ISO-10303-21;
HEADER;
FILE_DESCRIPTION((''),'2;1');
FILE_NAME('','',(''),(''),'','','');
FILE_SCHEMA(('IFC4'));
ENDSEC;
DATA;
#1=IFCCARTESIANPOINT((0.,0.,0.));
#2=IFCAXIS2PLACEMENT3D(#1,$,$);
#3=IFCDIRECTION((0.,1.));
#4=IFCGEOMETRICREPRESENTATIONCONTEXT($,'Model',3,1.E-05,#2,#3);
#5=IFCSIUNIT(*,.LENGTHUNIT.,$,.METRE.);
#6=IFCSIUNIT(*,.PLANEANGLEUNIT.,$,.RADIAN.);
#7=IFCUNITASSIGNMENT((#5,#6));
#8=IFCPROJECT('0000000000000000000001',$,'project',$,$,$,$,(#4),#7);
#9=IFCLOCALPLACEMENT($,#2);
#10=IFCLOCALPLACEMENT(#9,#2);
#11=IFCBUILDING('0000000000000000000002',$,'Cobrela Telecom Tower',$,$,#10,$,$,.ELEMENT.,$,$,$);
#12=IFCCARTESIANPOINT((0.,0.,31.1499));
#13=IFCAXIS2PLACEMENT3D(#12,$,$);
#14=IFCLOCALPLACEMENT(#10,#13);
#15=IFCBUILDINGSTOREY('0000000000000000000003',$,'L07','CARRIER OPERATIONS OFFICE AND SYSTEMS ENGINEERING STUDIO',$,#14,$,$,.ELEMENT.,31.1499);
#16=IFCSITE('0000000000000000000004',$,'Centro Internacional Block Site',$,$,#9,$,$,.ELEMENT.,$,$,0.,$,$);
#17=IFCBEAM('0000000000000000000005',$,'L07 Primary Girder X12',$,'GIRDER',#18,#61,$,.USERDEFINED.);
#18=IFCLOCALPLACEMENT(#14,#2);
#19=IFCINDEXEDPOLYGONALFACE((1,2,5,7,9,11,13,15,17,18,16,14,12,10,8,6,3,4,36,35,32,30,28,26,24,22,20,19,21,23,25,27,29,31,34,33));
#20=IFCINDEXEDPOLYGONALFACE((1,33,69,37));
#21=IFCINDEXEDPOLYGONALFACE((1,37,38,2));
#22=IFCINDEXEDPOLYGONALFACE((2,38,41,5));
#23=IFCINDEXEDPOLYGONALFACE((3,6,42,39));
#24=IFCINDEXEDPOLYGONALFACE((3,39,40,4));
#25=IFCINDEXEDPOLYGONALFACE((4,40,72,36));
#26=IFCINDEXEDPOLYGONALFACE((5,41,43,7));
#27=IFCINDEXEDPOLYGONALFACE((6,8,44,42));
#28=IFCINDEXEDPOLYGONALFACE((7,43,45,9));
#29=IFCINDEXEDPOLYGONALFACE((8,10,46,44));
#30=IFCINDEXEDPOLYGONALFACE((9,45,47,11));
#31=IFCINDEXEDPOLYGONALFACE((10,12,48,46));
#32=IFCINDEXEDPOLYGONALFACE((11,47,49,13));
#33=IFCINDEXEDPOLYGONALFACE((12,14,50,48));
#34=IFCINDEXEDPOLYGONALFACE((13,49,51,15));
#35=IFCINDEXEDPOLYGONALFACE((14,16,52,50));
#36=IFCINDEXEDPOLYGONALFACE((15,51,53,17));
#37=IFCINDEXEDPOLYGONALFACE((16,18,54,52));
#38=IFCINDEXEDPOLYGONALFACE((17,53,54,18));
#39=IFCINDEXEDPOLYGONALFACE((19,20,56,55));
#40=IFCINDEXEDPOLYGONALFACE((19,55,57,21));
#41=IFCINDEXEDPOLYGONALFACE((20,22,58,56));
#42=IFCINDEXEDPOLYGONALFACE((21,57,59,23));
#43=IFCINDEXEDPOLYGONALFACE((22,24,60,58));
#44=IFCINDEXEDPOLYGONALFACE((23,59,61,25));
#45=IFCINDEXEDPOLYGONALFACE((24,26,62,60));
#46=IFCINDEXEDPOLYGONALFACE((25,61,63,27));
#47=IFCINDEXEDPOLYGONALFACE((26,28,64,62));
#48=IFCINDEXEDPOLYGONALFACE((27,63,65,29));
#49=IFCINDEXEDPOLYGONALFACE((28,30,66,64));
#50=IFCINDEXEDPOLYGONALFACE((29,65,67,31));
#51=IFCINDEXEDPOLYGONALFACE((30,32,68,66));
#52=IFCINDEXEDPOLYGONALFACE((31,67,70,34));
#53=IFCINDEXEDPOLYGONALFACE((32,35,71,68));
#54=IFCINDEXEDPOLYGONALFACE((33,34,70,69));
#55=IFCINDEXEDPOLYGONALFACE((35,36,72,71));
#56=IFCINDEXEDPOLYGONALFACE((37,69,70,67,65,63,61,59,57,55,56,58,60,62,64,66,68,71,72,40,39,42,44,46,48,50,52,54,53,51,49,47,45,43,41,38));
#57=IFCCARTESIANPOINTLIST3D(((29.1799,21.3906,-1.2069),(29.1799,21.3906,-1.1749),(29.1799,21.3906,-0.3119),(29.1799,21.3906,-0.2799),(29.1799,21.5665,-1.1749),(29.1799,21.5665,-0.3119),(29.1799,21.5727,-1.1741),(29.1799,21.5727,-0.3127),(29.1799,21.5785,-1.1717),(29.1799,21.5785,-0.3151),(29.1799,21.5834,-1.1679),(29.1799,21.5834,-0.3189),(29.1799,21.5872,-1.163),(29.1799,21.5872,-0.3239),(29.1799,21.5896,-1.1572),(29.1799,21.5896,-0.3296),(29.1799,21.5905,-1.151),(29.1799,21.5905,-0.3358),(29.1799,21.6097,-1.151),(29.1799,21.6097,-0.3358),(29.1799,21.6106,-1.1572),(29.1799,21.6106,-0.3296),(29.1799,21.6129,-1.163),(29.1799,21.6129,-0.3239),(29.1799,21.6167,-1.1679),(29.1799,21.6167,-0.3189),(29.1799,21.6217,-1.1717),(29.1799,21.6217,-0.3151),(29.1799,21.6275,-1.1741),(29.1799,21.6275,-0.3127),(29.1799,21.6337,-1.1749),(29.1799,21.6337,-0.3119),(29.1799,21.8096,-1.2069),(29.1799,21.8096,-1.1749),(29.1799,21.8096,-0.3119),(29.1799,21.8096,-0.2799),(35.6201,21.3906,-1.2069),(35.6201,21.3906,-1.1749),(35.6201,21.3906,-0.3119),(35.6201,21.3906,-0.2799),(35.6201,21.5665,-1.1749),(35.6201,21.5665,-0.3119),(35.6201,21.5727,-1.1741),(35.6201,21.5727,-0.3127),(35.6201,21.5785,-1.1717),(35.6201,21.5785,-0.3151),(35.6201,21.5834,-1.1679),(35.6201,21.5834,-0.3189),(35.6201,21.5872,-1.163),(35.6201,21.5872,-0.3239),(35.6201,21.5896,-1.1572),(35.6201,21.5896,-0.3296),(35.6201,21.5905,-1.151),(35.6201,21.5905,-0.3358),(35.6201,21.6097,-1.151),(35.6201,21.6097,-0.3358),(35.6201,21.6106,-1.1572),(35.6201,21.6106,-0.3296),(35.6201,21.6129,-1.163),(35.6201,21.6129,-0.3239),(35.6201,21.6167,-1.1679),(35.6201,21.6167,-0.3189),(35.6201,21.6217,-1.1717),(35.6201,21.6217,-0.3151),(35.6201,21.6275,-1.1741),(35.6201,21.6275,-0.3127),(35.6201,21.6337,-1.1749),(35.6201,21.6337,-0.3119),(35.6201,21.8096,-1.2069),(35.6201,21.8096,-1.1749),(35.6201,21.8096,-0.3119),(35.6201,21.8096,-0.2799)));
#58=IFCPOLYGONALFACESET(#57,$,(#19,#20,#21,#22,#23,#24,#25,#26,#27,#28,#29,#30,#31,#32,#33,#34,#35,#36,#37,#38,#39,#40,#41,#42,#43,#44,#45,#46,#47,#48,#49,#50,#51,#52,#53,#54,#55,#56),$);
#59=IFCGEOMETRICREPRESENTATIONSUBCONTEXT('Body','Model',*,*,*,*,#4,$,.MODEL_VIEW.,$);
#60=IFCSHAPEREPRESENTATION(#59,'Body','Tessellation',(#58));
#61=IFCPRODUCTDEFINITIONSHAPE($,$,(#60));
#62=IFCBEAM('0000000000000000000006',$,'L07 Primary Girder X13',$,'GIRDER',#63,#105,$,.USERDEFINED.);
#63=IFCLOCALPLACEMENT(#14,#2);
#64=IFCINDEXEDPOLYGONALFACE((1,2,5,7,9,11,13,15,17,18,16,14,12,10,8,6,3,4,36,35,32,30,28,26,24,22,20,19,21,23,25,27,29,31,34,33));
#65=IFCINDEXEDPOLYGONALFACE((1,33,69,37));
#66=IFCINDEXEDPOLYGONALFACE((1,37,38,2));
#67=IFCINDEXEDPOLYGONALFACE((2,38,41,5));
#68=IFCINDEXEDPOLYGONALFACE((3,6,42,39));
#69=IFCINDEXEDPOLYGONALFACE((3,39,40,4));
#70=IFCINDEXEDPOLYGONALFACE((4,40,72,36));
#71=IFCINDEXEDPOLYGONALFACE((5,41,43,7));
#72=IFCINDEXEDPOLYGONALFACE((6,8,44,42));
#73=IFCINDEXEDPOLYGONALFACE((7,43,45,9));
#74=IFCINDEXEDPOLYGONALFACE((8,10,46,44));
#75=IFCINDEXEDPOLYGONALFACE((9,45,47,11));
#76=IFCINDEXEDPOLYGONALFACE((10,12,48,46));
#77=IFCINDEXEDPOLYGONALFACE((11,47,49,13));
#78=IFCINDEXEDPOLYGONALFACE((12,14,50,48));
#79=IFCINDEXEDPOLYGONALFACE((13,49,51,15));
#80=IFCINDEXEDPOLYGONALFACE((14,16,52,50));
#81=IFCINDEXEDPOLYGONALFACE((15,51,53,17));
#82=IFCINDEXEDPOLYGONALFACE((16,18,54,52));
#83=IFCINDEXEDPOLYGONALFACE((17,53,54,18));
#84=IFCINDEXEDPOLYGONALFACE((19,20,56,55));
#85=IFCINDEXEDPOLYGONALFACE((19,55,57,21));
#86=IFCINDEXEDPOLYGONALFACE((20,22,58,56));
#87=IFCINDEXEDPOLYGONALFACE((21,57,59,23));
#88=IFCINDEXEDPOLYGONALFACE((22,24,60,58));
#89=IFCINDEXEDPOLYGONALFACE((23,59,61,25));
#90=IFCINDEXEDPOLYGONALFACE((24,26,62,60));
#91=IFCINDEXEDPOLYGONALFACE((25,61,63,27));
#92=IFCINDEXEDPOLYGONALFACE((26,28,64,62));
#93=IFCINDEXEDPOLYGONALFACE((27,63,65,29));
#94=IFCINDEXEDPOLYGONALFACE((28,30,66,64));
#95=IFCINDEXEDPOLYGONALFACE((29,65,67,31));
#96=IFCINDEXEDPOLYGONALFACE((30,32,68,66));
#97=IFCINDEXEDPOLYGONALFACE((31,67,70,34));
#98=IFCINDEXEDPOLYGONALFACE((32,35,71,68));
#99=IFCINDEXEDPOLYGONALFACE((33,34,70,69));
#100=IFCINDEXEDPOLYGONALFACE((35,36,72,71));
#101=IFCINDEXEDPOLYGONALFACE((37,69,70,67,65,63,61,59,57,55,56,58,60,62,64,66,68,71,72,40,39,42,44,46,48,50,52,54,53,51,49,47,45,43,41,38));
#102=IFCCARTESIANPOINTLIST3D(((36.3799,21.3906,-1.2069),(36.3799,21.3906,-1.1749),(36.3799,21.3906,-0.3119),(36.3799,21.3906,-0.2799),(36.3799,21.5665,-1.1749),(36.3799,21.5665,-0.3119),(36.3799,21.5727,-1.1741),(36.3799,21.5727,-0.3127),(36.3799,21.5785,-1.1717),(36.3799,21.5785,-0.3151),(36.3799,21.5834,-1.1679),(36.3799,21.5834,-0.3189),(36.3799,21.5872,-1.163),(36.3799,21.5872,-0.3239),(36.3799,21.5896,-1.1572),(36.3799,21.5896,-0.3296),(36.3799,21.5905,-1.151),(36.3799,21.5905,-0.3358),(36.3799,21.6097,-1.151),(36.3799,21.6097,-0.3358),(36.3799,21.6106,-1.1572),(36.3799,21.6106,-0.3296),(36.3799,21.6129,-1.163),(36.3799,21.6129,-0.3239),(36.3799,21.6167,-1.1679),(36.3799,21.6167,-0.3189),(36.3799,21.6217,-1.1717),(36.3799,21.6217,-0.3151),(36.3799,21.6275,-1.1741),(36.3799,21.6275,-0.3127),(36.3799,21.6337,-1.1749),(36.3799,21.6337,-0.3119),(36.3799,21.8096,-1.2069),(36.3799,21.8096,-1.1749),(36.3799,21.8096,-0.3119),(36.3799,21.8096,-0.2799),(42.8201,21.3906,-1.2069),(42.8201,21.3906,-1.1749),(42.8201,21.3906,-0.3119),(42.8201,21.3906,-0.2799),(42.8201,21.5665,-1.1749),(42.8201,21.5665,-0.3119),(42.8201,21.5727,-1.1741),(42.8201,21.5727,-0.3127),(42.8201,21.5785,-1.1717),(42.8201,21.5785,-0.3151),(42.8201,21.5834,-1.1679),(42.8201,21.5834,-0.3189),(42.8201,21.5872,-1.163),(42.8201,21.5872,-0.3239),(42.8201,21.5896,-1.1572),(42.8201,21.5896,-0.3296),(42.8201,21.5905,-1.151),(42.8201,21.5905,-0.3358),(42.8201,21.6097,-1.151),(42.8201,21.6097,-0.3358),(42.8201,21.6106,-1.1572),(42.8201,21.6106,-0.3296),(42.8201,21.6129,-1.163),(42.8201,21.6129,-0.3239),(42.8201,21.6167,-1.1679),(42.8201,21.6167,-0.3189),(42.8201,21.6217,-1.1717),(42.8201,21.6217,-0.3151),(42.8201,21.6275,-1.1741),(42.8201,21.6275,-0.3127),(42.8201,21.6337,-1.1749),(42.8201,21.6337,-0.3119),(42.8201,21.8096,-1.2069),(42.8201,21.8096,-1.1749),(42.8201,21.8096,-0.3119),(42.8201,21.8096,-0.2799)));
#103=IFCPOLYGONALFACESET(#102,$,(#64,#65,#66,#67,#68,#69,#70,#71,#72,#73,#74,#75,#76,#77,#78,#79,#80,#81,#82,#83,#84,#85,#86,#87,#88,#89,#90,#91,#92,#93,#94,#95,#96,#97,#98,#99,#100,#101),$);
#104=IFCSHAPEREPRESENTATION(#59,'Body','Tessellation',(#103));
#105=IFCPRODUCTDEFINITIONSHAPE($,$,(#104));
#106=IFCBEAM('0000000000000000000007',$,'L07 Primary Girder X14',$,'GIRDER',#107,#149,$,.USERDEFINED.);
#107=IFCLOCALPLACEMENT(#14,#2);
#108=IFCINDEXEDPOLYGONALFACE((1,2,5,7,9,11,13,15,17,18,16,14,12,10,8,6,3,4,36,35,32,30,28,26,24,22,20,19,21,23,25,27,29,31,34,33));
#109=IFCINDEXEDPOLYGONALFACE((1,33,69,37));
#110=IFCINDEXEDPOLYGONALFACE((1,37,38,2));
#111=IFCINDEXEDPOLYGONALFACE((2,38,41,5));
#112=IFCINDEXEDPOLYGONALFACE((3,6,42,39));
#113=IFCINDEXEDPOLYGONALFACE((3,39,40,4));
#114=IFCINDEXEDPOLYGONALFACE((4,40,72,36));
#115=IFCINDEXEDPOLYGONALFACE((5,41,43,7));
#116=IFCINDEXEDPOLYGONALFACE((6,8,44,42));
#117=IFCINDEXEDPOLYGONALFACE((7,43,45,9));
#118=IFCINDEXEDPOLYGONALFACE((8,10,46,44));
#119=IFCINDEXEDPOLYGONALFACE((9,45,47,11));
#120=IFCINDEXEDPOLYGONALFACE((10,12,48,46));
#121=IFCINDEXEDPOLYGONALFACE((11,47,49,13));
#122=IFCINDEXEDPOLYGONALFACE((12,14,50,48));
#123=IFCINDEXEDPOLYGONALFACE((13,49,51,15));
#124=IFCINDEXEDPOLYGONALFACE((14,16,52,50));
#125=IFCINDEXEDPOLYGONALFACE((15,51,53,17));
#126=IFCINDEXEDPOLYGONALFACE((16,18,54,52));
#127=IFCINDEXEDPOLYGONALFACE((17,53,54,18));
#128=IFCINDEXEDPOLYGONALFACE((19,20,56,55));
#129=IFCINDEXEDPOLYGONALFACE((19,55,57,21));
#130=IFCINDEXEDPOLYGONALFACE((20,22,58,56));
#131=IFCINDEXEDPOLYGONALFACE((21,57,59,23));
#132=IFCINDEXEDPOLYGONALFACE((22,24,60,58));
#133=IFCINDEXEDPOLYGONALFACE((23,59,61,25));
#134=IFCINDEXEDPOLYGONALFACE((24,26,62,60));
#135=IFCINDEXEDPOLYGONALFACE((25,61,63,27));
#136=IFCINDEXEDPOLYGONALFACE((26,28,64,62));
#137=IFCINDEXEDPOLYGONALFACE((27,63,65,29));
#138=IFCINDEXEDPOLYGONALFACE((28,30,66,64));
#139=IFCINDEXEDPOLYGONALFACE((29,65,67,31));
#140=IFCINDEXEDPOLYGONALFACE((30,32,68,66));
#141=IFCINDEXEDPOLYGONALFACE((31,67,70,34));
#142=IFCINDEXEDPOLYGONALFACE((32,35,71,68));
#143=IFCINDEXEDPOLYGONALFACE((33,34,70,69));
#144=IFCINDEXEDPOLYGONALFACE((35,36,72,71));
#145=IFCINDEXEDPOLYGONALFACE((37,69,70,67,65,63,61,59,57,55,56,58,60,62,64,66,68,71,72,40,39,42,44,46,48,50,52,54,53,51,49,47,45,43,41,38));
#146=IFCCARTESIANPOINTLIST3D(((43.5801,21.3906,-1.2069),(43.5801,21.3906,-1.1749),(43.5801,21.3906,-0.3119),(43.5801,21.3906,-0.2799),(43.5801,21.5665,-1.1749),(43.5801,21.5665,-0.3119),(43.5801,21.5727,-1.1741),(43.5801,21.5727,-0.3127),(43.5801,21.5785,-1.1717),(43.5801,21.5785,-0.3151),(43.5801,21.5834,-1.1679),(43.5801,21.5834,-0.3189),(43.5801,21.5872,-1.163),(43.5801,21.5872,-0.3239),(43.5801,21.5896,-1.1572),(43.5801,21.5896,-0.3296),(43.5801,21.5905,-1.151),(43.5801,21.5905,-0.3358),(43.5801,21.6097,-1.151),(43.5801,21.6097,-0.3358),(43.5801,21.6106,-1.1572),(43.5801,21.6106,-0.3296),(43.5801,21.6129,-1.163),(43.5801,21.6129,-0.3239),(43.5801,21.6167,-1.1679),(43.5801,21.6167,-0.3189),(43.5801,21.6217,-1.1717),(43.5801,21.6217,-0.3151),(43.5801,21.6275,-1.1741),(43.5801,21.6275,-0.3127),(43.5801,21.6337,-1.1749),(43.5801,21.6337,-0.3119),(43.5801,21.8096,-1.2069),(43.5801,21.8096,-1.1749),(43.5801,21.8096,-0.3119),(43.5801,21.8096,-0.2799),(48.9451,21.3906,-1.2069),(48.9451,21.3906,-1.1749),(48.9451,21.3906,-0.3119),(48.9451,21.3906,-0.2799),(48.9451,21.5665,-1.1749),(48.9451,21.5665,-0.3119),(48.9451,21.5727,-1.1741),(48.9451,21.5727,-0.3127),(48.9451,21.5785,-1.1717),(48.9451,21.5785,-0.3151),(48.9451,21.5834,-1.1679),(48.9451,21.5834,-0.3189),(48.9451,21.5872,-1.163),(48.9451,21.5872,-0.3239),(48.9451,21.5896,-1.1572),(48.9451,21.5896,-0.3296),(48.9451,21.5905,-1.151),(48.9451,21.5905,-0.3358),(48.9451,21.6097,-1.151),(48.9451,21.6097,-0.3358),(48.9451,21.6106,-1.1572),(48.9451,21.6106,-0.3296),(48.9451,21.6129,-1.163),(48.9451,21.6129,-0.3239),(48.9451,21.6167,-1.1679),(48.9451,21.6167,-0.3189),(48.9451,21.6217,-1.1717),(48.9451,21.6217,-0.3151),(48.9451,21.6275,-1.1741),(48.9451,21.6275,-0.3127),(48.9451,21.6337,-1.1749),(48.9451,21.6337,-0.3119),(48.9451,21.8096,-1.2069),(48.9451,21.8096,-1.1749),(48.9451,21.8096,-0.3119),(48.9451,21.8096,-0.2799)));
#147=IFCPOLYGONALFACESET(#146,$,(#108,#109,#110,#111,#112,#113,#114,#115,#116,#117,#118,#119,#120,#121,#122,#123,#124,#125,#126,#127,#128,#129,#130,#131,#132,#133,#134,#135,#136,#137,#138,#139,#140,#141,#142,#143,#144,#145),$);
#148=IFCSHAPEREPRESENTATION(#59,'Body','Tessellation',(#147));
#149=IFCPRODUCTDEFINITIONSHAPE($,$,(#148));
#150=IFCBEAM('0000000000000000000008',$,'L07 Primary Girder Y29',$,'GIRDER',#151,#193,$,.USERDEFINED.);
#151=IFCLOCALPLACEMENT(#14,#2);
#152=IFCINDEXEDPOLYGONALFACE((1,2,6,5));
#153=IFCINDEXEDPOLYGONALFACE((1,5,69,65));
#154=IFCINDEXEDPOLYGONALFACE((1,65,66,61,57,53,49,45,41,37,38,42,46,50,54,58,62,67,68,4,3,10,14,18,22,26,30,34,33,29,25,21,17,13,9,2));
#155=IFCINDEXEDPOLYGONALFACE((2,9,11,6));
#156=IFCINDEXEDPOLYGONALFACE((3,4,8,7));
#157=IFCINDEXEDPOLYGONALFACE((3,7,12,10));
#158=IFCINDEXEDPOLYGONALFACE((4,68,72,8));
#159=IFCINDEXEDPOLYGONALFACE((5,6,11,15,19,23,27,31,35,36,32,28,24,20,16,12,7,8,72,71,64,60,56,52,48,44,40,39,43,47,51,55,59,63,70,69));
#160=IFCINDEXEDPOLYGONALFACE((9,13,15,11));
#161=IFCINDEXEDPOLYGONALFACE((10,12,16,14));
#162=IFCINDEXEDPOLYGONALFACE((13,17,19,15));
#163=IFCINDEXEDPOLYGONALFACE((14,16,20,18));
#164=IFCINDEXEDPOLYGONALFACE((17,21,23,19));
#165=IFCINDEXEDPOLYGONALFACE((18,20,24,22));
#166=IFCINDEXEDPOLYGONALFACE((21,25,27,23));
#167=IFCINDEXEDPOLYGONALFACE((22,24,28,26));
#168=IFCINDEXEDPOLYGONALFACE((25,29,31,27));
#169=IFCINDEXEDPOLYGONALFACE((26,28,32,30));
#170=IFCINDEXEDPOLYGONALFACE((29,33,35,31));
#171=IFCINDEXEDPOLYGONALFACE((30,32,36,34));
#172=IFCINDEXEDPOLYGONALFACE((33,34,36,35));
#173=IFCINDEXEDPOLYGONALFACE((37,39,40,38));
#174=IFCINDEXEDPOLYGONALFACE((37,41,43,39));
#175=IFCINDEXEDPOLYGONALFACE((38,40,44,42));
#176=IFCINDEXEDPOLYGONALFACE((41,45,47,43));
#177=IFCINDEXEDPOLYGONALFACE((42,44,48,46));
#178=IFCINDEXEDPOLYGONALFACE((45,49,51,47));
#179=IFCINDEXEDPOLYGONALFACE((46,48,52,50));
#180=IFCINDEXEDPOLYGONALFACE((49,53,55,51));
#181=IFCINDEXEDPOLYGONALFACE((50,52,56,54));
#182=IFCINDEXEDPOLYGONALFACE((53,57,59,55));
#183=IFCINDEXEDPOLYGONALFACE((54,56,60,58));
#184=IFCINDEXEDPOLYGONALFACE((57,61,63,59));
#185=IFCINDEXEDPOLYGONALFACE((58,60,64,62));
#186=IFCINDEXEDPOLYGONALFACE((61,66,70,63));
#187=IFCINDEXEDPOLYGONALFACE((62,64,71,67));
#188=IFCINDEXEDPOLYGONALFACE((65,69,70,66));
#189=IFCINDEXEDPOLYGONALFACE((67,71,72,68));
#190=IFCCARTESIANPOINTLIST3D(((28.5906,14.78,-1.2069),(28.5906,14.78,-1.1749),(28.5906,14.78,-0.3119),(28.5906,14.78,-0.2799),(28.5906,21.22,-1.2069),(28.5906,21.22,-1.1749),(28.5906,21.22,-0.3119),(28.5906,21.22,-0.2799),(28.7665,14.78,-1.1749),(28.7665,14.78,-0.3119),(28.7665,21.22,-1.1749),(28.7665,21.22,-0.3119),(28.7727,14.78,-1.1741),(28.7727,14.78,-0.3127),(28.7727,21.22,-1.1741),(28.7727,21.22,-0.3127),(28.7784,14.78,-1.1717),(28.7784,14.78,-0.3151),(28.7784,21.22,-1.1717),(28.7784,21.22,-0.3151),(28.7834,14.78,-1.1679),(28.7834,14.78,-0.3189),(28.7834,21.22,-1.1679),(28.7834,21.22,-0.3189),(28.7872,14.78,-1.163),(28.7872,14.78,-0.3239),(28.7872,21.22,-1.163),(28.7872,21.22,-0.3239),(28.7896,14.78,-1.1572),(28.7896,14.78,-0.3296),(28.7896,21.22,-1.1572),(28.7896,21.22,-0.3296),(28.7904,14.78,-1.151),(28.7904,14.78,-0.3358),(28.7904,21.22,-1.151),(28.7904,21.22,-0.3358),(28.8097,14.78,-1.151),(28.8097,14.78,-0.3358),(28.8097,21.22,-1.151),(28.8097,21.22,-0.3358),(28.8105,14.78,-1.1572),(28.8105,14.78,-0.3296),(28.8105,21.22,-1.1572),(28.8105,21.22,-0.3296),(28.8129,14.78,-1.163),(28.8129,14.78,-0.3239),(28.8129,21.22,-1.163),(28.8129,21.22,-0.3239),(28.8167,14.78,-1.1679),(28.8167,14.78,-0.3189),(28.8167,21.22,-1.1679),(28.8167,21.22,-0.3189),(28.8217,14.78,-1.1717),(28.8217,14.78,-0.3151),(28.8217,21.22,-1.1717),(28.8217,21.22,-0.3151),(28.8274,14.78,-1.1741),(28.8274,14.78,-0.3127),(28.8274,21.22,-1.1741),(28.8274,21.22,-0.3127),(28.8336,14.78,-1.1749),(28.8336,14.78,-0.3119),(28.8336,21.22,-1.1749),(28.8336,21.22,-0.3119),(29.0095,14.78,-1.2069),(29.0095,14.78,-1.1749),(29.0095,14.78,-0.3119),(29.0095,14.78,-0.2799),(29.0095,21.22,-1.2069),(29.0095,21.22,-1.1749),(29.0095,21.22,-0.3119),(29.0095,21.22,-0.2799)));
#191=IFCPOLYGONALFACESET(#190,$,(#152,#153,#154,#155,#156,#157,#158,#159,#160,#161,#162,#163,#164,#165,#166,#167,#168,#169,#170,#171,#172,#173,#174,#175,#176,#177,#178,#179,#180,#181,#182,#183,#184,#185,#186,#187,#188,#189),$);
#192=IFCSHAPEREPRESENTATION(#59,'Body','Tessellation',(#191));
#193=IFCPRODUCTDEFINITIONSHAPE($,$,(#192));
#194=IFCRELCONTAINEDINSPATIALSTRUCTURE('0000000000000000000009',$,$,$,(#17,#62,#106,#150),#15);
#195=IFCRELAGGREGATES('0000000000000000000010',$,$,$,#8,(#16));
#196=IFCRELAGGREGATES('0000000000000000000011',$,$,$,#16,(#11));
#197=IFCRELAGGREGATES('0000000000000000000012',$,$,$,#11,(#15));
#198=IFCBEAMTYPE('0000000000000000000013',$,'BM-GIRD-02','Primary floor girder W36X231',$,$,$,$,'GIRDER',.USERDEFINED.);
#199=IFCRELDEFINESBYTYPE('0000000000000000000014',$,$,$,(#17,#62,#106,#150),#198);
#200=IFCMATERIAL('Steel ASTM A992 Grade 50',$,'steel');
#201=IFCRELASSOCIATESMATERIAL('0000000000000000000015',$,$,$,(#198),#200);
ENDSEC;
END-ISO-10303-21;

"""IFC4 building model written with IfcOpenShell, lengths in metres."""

from ifc_helpers import new_model, si_unit, direction, frame, origin, origin_2d, place, context, subcontext, project, spatial, i_section, extrude, material, material_profile, profile_set, type_object, element, save


model = new_model("IFC4")

# Units and contexts
model_context = context("Model", 3, precision=1e-05, world=origin(), true_north=direction((0.0, 1.0)))
body_context = subcontext(model_context, "Body", "Model", "MODEL_VIEW")
ifc_project = project(units=[si_unit("LENGTHUNIT", "METRE"), si_unit("PLANEANGLEUNIT", "RADIAN")], contexts=[model_context])

# Site, building, storey
site_placement = place(None, origin())
site = spatial("IfcSite", under=ifc_project, at=site_placement, Name="Centro Internacional Block Site", CompositionType="ELEMENT", RefElevation=0.0)
building_placement = place(site_placement, origin())
building = spatial("IfcBuilding", under=site, at=building_placement, Name="Cobrela Telecom Tower", CompositionType="ELEMENT")
storey_placement = place(building_placement, frame((0.0, 0.0, 31.1499)))
storey = spatial("IfcBuildingStorey", under=building, at=storey_placement, Name="L07", Description="CARRIER OPERATIONS OFFICE AND SYSTEMS ENGINEERING STUDIO", CompositionType="ELEMENT", Elevation=31.1499)

# Shared definitions
ifc_material_1 = material(Name="Steel ASTM A992 Grade 50", Category="steel")

# Beams
ifc_material_profile_1 = material_profile(ifc_material_1, i_section(OverallWidth=0.4189, OverallDepth=0.927, WebThickness=0.0193, FlangeThickness=0.032, FilletRadius=0.0239, at=origin_2d()), Name="W36X231")
ifc_profile_set_1 = profile_set([ifc_material_profile_1], Name="Steel ASTM A992 Grade 50")
beam_type_1 = type_object("IfcBeamType", Name="BM-GIRD-02", Description="Primary floor girder W36X231", ElementType="GIRDER", PredefinedType="USERDEFINED", material=ifc_profile_set_1)
for number, where, z_axis, x_axis, name in (
    (1, (29.1799, 21.6001, -0.7434), (1.0, 0.0, 0.0), (0.0, 1.0, 0.0), "L07 Primary Girder X12"),
    (2, (36.3799, 21.6001, -0.7434), (1.0, 0.0, 0.0), (0.0, 1.0, 0.0), "L07 Primary Girder X13"),
):
    element("IfcBeam", number, at=place(storey_placement, frame(where, z_axis=z_axis, x_axis=x_axis)), inside=storey, type_object=beam_type_1, Name=name, ObjectType="GIRDER", PredefinedType="USERDEFINED", context=body_context, shape_type="SweptSolid", body=[
        extrude(i_section(OverallWidth=0.4189, OverallDepth=0.927, WebThickness=0.0193, FlangeThickness=0.032, FilletRadius=0.0239, at=origin_2d()), origin(), (0.0, 0.0, 1.0), 6.4402),
    ])
beam_1_placement = place(storey_placement, frame((43.5801, 21.6001, -0.7434), z_axis=(1.0, 0.0, 0.0), x_axis=(0.0, 1.0, 0.0)))
element("IfcBeam", 3, at=beam_1_placement, inside=storey, type_object=beam_type_1, Name="L07 Primary Girder X14", ObjectType="GIRDER", PredefinedType="USERDEFINED", context=body_context, shape_type="SweptSolid", body=[
    extrude(i_section(OverallWidth=0.4189, OverallDepth=0.927, WebThickness=0.0193, FlangeThickness=0.032, FilletRadius=0.0239, at=origin_2d()), origin(), (0.0, 0.0, 1.0), 5.365),
])
for number, where, z_axis, x_axis, name in (
    (4, (28.8, 14.78, -0.7434), (0.0, 1.0, 0.0), (-1.0, 0.0, 0.0), "L07 Primary Girder Y29"),
):
    element("IfcBeam", number, at=place(storey_placement, frame(where, z_axis=z_axis, x_axis=x_axis)), inside=storey, type_object=beam_type_1, Name=name, ObjectType="GIRDER", PredefinedType="USERDEFINED", context=body_context, shape_type="SweptSolid", body=[
        extrude(i_section(OverallWidth=0.4189, OverallDepth=0.927, WebThickness=0.0193, FlangeThickness=0.032, FilletRadius=0.0239, at=origin_2d()), origin(), (0.0, 0.0, 1.0), 6.4399),
    ])

save(model, "model.ifc")
